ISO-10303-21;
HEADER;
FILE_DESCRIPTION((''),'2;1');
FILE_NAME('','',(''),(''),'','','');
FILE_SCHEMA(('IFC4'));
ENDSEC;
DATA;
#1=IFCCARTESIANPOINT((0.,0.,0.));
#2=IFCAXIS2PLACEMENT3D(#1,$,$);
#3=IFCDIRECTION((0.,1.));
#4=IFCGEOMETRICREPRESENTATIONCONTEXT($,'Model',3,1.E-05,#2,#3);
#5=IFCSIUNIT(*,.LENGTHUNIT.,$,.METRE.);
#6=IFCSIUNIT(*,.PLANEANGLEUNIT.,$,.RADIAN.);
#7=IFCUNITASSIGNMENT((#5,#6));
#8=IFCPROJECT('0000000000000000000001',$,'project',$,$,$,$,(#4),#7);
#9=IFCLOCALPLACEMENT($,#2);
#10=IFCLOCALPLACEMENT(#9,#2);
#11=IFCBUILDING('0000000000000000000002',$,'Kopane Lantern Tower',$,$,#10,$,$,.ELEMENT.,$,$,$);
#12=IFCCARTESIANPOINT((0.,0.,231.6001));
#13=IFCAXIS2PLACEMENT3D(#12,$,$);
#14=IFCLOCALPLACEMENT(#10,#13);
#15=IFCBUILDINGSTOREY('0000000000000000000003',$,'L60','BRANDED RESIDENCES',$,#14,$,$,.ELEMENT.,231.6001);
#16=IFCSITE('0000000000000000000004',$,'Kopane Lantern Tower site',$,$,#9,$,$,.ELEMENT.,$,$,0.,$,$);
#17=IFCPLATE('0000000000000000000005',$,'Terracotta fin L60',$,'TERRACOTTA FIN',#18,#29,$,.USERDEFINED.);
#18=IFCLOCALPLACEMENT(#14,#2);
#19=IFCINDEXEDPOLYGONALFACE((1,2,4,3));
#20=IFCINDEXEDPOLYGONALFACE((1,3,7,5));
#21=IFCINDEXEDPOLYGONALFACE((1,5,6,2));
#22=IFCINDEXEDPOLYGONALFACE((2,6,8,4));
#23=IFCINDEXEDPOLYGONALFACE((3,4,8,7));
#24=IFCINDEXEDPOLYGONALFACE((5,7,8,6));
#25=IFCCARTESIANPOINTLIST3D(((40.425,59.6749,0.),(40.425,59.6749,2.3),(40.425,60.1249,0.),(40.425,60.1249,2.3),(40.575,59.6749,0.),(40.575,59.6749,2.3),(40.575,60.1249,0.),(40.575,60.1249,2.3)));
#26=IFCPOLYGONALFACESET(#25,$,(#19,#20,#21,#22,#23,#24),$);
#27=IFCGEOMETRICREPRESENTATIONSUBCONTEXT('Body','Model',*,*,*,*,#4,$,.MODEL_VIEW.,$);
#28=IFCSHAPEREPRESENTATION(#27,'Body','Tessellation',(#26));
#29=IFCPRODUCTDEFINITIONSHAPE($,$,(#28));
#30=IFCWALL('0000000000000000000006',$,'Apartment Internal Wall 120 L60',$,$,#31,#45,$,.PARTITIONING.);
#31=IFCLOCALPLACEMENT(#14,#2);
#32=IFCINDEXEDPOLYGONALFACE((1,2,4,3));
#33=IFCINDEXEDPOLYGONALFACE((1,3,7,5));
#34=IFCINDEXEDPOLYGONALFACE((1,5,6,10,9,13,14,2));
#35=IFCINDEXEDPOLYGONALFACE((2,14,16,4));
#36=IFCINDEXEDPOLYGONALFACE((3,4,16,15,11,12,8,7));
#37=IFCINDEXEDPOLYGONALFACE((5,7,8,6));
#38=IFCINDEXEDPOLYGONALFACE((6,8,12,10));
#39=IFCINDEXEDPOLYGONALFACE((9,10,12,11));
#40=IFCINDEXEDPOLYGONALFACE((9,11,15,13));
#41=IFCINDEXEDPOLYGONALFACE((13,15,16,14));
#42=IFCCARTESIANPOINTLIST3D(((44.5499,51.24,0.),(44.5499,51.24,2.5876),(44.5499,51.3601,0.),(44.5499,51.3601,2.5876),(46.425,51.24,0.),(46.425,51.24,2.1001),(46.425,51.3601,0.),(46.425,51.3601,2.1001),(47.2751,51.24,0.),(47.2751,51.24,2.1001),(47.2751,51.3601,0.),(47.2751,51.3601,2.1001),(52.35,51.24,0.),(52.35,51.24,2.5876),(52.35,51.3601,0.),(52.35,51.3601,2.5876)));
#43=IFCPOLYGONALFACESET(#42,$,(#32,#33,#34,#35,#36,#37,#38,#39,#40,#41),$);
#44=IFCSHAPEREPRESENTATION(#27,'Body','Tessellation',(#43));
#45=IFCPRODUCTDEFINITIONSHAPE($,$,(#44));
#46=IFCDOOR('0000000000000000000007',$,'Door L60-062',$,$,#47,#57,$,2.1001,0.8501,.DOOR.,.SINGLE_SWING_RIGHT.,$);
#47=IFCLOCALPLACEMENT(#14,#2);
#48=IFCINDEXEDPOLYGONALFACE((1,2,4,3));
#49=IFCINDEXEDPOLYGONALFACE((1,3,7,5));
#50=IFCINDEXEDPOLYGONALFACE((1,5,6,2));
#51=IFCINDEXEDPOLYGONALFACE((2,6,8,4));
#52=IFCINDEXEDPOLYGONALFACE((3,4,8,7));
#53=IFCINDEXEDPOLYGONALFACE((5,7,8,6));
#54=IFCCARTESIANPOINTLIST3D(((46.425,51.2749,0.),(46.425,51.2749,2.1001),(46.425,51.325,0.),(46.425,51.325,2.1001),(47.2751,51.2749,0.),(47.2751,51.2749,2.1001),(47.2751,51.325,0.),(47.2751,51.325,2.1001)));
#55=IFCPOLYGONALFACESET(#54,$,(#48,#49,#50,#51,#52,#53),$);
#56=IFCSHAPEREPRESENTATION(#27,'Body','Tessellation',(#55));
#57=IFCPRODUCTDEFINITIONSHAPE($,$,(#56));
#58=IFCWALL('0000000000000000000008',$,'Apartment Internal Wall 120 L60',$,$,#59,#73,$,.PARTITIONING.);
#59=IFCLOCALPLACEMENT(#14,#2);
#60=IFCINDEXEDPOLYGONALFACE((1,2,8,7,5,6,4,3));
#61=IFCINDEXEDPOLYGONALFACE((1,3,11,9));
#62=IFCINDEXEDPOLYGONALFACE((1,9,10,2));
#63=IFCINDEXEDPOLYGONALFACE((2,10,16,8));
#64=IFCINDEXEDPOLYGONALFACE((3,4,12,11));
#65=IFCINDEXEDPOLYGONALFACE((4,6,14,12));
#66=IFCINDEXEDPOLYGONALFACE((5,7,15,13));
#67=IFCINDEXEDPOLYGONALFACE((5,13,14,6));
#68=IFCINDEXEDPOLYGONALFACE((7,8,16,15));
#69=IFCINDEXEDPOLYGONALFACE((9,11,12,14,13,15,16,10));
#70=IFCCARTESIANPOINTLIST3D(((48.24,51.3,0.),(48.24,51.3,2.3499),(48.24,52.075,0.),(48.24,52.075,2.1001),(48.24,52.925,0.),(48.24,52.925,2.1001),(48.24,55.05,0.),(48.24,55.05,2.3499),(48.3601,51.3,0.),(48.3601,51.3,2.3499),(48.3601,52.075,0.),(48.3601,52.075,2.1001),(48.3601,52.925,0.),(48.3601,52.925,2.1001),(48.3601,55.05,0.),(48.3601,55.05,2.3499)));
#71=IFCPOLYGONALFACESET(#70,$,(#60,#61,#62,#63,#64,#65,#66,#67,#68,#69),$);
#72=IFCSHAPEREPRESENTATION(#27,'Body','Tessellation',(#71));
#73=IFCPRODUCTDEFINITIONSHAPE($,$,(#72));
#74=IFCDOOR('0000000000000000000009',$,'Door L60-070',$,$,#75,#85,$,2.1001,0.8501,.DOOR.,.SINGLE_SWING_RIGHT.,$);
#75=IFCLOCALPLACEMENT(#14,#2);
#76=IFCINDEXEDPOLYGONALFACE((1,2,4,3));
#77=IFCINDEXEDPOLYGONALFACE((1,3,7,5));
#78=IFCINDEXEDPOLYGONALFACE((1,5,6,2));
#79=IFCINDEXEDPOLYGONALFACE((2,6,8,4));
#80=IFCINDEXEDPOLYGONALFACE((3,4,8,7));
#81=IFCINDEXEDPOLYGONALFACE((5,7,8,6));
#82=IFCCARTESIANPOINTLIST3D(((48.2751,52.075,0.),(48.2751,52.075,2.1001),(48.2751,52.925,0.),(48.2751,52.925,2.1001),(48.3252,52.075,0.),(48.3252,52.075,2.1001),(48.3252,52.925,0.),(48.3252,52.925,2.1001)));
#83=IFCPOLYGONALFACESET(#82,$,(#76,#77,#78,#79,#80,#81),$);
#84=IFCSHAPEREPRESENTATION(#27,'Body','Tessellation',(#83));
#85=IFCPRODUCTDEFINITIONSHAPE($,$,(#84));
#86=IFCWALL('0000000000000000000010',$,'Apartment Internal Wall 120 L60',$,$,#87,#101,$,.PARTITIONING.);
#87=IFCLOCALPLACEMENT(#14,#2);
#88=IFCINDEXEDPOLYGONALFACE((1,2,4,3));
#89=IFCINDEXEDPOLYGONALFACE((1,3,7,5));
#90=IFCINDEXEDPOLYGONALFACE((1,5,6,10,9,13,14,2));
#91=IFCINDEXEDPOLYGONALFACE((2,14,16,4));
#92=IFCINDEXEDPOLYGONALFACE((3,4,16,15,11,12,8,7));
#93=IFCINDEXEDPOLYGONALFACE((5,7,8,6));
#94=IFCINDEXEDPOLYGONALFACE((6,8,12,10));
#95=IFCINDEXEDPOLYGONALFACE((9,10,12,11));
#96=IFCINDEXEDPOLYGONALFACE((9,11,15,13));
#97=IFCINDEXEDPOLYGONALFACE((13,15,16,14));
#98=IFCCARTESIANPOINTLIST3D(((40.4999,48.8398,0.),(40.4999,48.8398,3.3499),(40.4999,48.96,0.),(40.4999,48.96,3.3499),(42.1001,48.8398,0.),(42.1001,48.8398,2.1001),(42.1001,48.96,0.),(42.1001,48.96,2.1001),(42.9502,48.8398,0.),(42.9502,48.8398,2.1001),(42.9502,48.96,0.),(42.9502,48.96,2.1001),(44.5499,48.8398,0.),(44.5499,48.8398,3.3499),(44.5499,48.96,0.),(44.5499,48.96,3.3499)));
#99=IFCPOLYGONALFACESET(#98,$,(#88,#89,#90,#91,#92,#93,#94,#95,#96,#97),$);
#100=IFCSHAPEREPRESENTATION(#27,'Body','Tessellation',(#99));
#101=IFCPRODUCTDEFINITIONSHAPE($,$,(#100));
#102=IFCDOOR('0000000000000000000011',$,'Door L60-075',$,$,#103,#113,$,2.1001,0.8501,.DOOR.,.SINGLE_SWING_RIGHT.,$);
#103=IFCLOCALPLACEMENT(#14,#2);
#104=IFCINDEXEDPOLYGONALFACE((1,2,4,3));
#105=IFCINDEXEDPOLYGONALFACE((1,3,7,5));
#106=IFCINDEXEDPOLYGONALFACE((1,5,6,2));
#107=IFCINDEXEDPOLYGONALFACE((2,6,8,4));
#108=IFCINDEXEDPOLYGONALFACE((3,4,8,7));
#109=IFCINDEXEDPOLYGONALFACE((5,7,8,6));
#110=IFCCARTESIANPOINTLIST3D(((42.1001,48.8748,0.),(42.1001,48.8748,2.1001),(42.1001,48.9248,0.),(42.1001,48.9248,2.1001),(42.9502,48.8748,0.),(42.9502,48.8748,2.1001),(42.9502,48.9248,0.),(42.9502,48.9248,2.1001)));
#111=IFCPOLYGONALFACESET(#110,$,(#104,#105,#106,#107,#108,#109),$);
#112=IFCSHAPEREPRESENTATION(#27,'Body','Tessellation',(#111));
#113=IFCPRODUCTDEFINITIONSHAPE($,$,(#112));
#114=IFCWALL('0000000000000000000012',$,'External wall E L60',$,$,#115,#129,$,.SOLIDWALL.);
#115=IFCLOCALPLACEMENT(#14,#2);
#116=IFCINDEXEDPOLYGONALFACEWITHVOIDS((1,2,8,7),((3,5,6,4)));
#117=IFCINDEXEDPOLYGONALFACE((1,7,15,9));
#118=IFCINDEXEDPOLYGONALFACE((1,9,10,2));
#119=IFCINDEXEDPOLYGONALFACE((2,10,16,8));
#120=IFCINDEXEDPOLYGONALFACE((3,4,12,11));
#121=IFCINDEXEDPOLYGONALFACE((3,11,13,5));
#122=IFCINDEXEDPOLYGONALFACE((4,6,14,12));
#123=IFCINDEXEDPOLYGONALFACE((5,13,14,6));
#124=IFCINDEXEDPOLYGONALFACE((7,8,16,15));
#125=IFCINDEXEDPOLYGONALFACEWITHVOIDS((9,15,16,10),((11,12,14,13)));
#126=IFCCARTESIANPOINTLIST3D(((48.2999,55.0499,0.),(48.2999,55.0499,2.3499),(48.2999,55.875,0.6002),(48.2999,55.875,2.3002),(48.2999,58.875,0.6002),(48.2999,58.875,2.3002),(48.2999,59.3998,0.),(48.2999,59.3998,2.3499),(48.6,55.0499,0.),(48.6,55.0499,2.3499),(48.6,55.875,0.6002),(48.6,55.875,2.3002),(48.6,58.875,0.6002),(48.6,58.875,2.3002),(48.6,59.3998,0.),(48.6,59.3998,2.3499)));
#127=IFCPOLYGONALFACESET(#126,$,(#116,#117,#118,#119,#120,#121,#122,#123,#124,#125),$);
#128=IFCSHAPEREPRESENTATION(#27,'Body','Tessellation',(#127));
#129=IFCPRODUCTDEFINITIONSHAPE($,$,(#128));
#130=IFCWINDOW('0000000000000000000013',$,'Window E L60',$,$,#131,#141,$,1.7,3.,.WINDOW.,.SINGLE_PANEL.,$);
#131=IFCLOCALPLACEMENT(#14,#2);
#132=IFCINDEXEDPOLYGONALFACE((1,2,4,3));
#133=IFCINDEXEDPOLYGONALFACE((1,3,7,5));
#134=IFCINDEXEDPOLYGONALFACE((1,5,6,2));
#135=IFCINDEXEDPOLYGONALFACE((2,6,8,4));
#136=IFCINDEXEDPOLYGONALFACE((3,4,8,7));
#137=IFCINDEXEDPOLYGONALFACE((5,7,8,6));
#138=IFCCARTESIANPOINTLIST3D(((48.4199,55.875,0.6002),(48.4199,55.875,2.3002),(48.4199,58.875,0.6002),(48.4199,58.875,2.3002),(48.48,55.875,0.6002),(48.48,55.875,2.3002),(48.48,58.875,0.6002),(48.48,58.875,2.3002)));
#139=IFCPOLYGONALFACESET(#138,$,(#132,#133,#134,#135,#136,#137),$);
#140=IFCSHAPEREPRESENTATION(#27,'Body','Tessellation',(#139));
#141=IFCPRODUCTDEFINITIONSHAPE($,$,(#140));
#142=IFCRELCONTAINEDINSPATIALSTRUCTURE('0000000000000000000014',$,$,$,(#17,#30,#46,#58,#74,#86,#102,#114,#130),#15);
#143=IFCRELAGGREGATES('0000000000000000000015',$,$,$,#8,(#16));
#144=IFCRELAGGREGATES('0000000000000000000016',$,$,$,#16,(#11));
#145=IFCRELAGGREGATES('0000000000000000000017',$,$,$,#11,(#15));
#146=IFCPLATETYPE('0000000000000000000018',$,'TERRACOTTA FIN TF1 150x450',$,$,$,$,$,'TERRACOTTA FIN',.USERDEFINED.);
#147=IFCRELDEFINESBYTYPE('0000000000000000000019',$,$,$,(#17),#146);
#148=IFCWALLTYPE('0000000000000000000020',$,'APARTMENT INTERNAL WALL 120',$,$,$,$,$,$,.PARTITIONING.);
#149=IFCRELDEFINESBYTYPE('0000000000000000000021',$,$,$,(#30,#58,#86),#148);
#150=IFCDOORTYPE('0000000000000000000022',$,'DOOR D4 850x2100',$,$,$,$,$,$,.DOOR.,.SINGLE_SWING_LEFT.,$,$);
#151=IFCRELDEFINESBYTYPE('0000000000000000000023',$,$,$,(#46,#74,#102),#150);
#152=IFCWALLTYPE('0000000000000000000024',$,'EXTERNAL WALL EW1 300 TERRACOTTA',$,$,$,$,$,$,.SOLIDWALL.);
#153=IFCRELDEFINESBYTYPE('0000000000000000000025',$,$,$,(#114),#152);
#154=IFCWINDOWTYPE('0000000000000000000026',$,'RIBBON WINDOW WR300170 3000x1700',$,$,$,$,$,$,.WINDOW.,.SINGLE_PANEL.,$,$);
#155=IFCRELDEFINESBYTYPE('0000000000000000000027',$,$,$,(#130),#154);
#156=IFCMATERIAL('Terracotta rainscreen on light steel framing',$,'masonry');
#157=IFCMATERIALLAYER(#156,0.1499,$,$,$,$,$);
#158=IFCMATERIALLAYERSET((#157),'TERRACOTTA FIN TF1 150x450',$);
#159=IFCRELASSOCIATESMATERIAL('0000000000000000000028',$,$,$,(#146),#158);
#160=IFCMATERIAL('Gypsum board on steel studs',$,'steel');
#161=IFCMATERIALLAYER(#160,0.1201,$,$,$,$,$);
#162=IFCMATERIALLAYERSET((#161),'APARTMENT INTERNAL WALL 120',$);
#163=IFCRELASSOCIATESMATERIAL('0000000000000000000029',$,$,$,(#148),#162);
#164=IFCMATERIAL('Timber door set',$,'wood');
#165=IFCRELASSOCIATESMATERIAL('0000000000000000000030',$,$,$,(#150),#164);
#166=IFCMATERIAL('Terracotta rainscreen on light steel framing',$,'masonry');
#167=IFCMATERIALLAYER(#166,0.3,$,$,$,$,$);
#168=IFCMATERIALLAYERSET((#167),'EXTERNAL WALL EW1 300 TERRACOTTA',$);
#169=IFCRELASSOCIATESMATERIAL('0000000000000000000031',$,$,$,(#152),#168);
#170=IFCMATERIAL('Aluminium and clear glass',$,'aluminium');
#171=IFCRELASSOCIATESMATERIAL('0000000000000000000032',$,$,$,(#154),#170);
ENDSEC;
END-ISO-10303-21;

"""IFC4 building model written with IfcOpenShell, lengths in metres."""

from ifc_helpers import new_model, si_unit, direction, frame, frame_2d, origin, origin_2d, place, context, subcontext, project, spatial, rectangle, extrude, material, layer, layer_set, type_object, element, fill, save


model = new_model("IFC4")

# Units and contexts
model_context = context("Model", 3, precision=1e-05, world=origin(), true_north=direction((0.0, 1.0)))
body_context = subcontext(model_context, "Body", "Model", "MODEL_VIEW")
ifc_project = project(units=[si_unit("LENGTHUNIT", "METRE"), si_unit("PLANEANGLEUNIT", "RADIAN")], contexts=[model_context])

# Site, building, storey
site_placement = place(None, origin())
site = spatial("IfcSite", under=ifc_project, at=site_placement, Name="Kopane Lantern Tower site", CompositionType="ELEMENT", RefElevation=0.0)
building_placement = place(site_placement, origin())
building = spatial("IfcBuilding", under=site, at=building_placement, Name="Kopane Lantern Tower", CompositionType="ELEMENT")
storey_placement = place(building_placement, frame((0.0, 0.0, 231.6001)))
storey = spatial("IfcBuildingStorey", under=building, at=storey_placement, Name="L60", Description="BRANDED RESIDENCES", CompositionType="ELEMENT", Elevation=231.6001)

# Plate
ifc_material_1 = material(Name="Terracotta rainscreen on light steel framing", Category="masonry")
ifc_layer_1 = layer(ifc_material_1, 0.1499)
ifc_layer_set_1 = layer_set([ifc_layer_1], Name="TERRACOTTA FIN TF1 150x450")
plate_type = type_object("IfcPlateType", Name="TERRACOTTA FIN TF1 150x450", ElementType="TERRACOTTA FIN", PredefinedType="USERDEFINED", material=ifc_layer_set_1)
for number, where, z_axis, x_axis, name in (
    (1, (40.5, 59.8999, 0.0), (0.0, 0.0, 1.0), (-1.0, 0.0, 0.0), "Terracotta fin L60"),
):
    element("IfcPlate", number, at=place(storey_placement, frame(where, z_axis=z_axis, x_axis=x_axis)), inside=storey, type_object=plate_type, Name=name, ObjectType="TERRACOTTA FIN", PredefinedType="USERDEFINED", context=body_context, shape_type="SweptSolid", body=[
        extrude(rectangle(XDim=0.1499, YDim=0.45, at=origin_2d()), origin(), (0.0, 0.0, 1.0), 2.3),
    ])

# Walls, openings, doors
ifc_material_2 = material(Name="Gypsum board on steel studs", Category="steel")
ifc_layer_2 = layer(ifc_material_2, 0.1201)
ifc_layer_set_2 = layer_set([ifc_layer_2], Name="APARTMENT INTERNAL WALL 120")
wall_type_1 = type_object("IfcWallType", Name="APARTMENT INTERNAL WALL 120", PredefinedType="PARTITIONING", material=ifc_layer_set_2)
wall_1_placement = place(storey_placement, frame((44.55, 51.3, 0.0), z_axis=(0.0, 0.0, 1.0), x_axis=(1.0, 0.0, 0.0)))
wall_1 = element("IfcWall", 2, at=wall_1_placement, inside=storey, type_object=wall_type_1, Name="Apartment Internal Wall 120 L60", PredefinedType="PARTITIONING", context=body_context, shape_type="SweptSolid", body=[
    extrude(rectangle(XDim=7.8, YDim=0.1201, at=frame_2d((3.8999, 0.0))), origin(), (0.0, 0.0, 1.0), 2.5876),
])
opening_1_placement = place(wall_1_placement, frame((1.875, 0.0, 0.0)))
opening_1 = element("IfcOpeningElement", 3, at=opening_1_placement, cuts=wall_1, PredefinedType="OPENING", context=body_context, shape_type="SweptSolid", body=[
    extrude(rectangle(XDim=0.8501, YDim=2.1001, at=frame_2d((0.425, 1.05))), frame((0.0, 0.0701, 0.0), z_axis=(0.0, -1.0, 0.0), x_axis=(1.0, 0.0, 0.0)), (0.0, 0.0, 1.0), 0.1401),
])
ifc_material_3 = material(Name="Timber door set", Category="wood")
door_type = type_object("IfcDoorType", Name="DOOR D4 850x2100", OperationType="SINGLE_SWING_LEFT", PredefinedType="DOOR", material=ifc_material_3)
door_1_placement = place(opening_1_placement, origin())
door_1 = element("IfcDoor", 4, at=door_1_placement, inside=storey, type_object=door_type, Name="Door L60-062", OperationType="SINGLE_SWING_RIGHT", OverallHeight=2.1001, OverallWidth=0.8501, PredefinedType="DOOR", context=body_context, shape_type="SweptSolid", body=[
    extrude(rectangle(XDim=0.8501, YDim=2.1001, at=frame_2d((0.425, 1.05))), frame((0.0, 0.0249, 0.0), z_axis=(0.0, -1.0, 0.0), x_axis=(1.0, 0.0, 0.0)), (0.0, 0.0, 1.0), 0.05),
])
fill(opening_1, door_1)
wall_2_placement = place(storey_placement, frame((48.3, 51.3, 0.0), z_axis=(0.0, 0.0, 1.0), x_axis=(0.0, 1.0, 0.0)))
wall_2 = element("IfcWall", 5, at=wall_2_placement, inside=storey, type_object=wall_type_1, Name="Apartment Internal Wall 120 L60", PredefinedType="PARTITIONING", context=body_context, shape_type="SweptSolid", body=[
    extrude(rectangle(XDim=3.75, YDim=0.1201, at=frame_2d((1.875, 0.0))), origin(), (0.0, 0.0, 1.0), 2.3499),
])
opening_2_placement = place(wall_2_placement, frame((0.7749, 0.0, 0.0)))
opening_2 = element("IfcOpeningElement", 6, at=opening_2_placement, cuts=wall_2, PredefinedType="OPENING", context=body_context, shape_type="SweptSolid", body=[
    extrude(rectangle(XDim=0.8501, YDim=2.1001, at=frame_2d((0.425, 1.05))), frame((0.0, 0.0701, 0.0), z_axis=(0.0, -1.0, 0.0), x_axis=(1.0, 0.0, 0.0)), (0.0, 0.0, 1.0), 0.1401),
])
door_2_placement = place(opening_2_placement, origin())
door_2 = element("IfcDoor", 7, at=door_2_placement, inside=storey, type_object=door_type, Name="Door L60-070", OperationType="SINGLE_SWING_RIGHT", OverallHeight=2.1001, OverallWidth=0.8501, PredefinedType="DOOR", context=body_context, shape_type="SweptSolid", body=[
    extrude(rectangle(XDim=0.8501, YDim=2.1001, at=frame_2d((0.425, 1.05))), frame((0.0, 0.0249, 0.0), z_axis=(0.0, -1.0, 0.0), x_axis=(1.0, 0.0, 0.0)), (0.0, 0.0, 1.0), 0.05),
])
fill(opening_2, door_2)
wall_3_placement = place(storey_placement, frame((40.5, 48.8999, 0.0), z_axis=(0.0, 0.0, 1.0), x_axis=(1.0, 0.0, 0.0)))
wall_3 = element("IfcWall", 8, at=wall_3_placement, inside=storey, type_object=wall_type_1, Name="Apartment Internal Wall 120 L60", PredefinedType="PARTITIONING", context=body_context, shape_type="SweptSolid", body=[
    extrude(rectangle(XDim=4.05, YDim=0.1201, at=frame_2d((2.0249, 0.0))), origin(), (0.0, 0.0, 1.0), 3.3499),
])
opening_3_placement = place(wall_3_placement, frame((1.6001, 0.0, 0.0)))
opening_3 = element("IfcOpeningElement", 9, at=opening_3_placement, cuts=wall_3, PredefinedType="OPENING", context=body_context, shape_type="SweptSolid", body=[
    extrude(rectangle(XDim=0.8501, YDim=2.1001, at=frame_2d((0.425, 1.05))), frame((0.0, 0.0701, 0.0), z_axis=(0.0, -1.0, 0.0), x_axis=(1.0, 0.0, 0.0)), (0.0, 0.0, 1.0), 0.1401),
])
door_3_placement = place(opening_3_placement, origin())
door_3 = element("IfcDoor", 10, at=door_3_placement, inside=storey, type_object=door_type, Name="Door L60-075", OperationType="SINGLE_SWING_RIGHT", OverallHeight=2.1001, OverallWidth=0.8501, PredefinedType="DOOR", context=body_context, shape_type="SweptSolid", body=[
    extrude(rectangle(XDim=0.8501, YDim=2.1001, at=frame_2d((0.425, 1.05))), frame((0.0, 0.0249, 0.0), z_axis=(0.0, -1.0, 0.0), x_axis=(1.0, 0.0, 0.0)), (0.0, 0.0, 1.0), 0.05),
])
fill(opening_3, door_3)

# Wall, opening, window
ifc_material_4 = material(Name="Terracotta rainscreen on light steel framing", Category="masonry")
ifc_layer_3 = layer(ifc_material_4, 0.3)
ifc_layer_set_3 = layer_set([ifc_layer_3], Name="EXTERNAL WALL EW1 300 TERRACOTTA")
wall_type_2 = type_object("IfcWallType", Name="EXTERNAL WALL EW1 300 TERRACOTTA", PredefinedType="SOLIDWALL", material=ifc_layer_set_3)
wall_4_placement = place(storey_placement, frame((48.45, 55.05, 0.0), z_axis=(0.0, 0.0, 1.0), x_axis=(0.0, 1.0, 0.0)))
wall_4 = element("IfcWall", 11, at=wall_4_placement, inside=storey, type_object=wall_type_2, Name="External wall E L60", PredefinedType="SOLIDWALL", context=body_context, shape_type="SweptSolid", body=[
    extrude(rectangle(XDim=4.3499, YDim=0.3, at=frame_2d((2.1748, 0.0))), origin(), (0.0, 0.0, 1.0), 2.3499),
])
opening_4_placement = place(wall_4_placement, frame((0.825, 0.0, 0.6001)))
opening_4 = element("IfcOpeningElement", 12, at=opening_4_placement, cuts=wall_4, PredefinedType="OPENING", context=body_context, shape_type="SweptSolid", body=[
    extrude(rectangle(XDim=3.0, YDim=1.7, at=frame_2d((1.5, 0.8501))), frame((0.0, 0.1599, 0.0), z_axis=(0.0, -1.0, 0.0), x_axis=(1.0, 0.0, 0.0)), (0.0, 0.0, 1.0), 0.3201),
])
ifc_material_5 = material(Name="Aluminium and clear glass", Category="aluminium")
window_type = type_object("IfcWindowType", Name="RIBBON WINDOW WR300170 3000x1700", PartitioningType="SINGLE_PANEL", PredefinedType="WINDOW", material=ifc_material_5)
window_1_placement = place(opening_4_placement, origin())
window_1 = element("IfcWindow", 13, at=window_1_placement, inside=storey, type_object=window_type, Name="Window E L60", OverallHeight=1.7, OverallWidth=3.0, PartitioningType="SINGLE_PANEL", PredefinedType="WINDOW", context=body_context, shape_type="SweptSolid", body=[
    extrude(rectangle(XDim=3.0, YDim=1.7, at=frame_2d((1.5, 0.8501))), frame((0.0, 0.03, 0.0), z_axis=(0.0, -1.0, 0.0), x_axis=(1.0, 0.0, 0.0)), (0.0, 0.0, 1.0), 0.0601),
])
fill(opening_4, window_1)

save(model, "model.ifc")
